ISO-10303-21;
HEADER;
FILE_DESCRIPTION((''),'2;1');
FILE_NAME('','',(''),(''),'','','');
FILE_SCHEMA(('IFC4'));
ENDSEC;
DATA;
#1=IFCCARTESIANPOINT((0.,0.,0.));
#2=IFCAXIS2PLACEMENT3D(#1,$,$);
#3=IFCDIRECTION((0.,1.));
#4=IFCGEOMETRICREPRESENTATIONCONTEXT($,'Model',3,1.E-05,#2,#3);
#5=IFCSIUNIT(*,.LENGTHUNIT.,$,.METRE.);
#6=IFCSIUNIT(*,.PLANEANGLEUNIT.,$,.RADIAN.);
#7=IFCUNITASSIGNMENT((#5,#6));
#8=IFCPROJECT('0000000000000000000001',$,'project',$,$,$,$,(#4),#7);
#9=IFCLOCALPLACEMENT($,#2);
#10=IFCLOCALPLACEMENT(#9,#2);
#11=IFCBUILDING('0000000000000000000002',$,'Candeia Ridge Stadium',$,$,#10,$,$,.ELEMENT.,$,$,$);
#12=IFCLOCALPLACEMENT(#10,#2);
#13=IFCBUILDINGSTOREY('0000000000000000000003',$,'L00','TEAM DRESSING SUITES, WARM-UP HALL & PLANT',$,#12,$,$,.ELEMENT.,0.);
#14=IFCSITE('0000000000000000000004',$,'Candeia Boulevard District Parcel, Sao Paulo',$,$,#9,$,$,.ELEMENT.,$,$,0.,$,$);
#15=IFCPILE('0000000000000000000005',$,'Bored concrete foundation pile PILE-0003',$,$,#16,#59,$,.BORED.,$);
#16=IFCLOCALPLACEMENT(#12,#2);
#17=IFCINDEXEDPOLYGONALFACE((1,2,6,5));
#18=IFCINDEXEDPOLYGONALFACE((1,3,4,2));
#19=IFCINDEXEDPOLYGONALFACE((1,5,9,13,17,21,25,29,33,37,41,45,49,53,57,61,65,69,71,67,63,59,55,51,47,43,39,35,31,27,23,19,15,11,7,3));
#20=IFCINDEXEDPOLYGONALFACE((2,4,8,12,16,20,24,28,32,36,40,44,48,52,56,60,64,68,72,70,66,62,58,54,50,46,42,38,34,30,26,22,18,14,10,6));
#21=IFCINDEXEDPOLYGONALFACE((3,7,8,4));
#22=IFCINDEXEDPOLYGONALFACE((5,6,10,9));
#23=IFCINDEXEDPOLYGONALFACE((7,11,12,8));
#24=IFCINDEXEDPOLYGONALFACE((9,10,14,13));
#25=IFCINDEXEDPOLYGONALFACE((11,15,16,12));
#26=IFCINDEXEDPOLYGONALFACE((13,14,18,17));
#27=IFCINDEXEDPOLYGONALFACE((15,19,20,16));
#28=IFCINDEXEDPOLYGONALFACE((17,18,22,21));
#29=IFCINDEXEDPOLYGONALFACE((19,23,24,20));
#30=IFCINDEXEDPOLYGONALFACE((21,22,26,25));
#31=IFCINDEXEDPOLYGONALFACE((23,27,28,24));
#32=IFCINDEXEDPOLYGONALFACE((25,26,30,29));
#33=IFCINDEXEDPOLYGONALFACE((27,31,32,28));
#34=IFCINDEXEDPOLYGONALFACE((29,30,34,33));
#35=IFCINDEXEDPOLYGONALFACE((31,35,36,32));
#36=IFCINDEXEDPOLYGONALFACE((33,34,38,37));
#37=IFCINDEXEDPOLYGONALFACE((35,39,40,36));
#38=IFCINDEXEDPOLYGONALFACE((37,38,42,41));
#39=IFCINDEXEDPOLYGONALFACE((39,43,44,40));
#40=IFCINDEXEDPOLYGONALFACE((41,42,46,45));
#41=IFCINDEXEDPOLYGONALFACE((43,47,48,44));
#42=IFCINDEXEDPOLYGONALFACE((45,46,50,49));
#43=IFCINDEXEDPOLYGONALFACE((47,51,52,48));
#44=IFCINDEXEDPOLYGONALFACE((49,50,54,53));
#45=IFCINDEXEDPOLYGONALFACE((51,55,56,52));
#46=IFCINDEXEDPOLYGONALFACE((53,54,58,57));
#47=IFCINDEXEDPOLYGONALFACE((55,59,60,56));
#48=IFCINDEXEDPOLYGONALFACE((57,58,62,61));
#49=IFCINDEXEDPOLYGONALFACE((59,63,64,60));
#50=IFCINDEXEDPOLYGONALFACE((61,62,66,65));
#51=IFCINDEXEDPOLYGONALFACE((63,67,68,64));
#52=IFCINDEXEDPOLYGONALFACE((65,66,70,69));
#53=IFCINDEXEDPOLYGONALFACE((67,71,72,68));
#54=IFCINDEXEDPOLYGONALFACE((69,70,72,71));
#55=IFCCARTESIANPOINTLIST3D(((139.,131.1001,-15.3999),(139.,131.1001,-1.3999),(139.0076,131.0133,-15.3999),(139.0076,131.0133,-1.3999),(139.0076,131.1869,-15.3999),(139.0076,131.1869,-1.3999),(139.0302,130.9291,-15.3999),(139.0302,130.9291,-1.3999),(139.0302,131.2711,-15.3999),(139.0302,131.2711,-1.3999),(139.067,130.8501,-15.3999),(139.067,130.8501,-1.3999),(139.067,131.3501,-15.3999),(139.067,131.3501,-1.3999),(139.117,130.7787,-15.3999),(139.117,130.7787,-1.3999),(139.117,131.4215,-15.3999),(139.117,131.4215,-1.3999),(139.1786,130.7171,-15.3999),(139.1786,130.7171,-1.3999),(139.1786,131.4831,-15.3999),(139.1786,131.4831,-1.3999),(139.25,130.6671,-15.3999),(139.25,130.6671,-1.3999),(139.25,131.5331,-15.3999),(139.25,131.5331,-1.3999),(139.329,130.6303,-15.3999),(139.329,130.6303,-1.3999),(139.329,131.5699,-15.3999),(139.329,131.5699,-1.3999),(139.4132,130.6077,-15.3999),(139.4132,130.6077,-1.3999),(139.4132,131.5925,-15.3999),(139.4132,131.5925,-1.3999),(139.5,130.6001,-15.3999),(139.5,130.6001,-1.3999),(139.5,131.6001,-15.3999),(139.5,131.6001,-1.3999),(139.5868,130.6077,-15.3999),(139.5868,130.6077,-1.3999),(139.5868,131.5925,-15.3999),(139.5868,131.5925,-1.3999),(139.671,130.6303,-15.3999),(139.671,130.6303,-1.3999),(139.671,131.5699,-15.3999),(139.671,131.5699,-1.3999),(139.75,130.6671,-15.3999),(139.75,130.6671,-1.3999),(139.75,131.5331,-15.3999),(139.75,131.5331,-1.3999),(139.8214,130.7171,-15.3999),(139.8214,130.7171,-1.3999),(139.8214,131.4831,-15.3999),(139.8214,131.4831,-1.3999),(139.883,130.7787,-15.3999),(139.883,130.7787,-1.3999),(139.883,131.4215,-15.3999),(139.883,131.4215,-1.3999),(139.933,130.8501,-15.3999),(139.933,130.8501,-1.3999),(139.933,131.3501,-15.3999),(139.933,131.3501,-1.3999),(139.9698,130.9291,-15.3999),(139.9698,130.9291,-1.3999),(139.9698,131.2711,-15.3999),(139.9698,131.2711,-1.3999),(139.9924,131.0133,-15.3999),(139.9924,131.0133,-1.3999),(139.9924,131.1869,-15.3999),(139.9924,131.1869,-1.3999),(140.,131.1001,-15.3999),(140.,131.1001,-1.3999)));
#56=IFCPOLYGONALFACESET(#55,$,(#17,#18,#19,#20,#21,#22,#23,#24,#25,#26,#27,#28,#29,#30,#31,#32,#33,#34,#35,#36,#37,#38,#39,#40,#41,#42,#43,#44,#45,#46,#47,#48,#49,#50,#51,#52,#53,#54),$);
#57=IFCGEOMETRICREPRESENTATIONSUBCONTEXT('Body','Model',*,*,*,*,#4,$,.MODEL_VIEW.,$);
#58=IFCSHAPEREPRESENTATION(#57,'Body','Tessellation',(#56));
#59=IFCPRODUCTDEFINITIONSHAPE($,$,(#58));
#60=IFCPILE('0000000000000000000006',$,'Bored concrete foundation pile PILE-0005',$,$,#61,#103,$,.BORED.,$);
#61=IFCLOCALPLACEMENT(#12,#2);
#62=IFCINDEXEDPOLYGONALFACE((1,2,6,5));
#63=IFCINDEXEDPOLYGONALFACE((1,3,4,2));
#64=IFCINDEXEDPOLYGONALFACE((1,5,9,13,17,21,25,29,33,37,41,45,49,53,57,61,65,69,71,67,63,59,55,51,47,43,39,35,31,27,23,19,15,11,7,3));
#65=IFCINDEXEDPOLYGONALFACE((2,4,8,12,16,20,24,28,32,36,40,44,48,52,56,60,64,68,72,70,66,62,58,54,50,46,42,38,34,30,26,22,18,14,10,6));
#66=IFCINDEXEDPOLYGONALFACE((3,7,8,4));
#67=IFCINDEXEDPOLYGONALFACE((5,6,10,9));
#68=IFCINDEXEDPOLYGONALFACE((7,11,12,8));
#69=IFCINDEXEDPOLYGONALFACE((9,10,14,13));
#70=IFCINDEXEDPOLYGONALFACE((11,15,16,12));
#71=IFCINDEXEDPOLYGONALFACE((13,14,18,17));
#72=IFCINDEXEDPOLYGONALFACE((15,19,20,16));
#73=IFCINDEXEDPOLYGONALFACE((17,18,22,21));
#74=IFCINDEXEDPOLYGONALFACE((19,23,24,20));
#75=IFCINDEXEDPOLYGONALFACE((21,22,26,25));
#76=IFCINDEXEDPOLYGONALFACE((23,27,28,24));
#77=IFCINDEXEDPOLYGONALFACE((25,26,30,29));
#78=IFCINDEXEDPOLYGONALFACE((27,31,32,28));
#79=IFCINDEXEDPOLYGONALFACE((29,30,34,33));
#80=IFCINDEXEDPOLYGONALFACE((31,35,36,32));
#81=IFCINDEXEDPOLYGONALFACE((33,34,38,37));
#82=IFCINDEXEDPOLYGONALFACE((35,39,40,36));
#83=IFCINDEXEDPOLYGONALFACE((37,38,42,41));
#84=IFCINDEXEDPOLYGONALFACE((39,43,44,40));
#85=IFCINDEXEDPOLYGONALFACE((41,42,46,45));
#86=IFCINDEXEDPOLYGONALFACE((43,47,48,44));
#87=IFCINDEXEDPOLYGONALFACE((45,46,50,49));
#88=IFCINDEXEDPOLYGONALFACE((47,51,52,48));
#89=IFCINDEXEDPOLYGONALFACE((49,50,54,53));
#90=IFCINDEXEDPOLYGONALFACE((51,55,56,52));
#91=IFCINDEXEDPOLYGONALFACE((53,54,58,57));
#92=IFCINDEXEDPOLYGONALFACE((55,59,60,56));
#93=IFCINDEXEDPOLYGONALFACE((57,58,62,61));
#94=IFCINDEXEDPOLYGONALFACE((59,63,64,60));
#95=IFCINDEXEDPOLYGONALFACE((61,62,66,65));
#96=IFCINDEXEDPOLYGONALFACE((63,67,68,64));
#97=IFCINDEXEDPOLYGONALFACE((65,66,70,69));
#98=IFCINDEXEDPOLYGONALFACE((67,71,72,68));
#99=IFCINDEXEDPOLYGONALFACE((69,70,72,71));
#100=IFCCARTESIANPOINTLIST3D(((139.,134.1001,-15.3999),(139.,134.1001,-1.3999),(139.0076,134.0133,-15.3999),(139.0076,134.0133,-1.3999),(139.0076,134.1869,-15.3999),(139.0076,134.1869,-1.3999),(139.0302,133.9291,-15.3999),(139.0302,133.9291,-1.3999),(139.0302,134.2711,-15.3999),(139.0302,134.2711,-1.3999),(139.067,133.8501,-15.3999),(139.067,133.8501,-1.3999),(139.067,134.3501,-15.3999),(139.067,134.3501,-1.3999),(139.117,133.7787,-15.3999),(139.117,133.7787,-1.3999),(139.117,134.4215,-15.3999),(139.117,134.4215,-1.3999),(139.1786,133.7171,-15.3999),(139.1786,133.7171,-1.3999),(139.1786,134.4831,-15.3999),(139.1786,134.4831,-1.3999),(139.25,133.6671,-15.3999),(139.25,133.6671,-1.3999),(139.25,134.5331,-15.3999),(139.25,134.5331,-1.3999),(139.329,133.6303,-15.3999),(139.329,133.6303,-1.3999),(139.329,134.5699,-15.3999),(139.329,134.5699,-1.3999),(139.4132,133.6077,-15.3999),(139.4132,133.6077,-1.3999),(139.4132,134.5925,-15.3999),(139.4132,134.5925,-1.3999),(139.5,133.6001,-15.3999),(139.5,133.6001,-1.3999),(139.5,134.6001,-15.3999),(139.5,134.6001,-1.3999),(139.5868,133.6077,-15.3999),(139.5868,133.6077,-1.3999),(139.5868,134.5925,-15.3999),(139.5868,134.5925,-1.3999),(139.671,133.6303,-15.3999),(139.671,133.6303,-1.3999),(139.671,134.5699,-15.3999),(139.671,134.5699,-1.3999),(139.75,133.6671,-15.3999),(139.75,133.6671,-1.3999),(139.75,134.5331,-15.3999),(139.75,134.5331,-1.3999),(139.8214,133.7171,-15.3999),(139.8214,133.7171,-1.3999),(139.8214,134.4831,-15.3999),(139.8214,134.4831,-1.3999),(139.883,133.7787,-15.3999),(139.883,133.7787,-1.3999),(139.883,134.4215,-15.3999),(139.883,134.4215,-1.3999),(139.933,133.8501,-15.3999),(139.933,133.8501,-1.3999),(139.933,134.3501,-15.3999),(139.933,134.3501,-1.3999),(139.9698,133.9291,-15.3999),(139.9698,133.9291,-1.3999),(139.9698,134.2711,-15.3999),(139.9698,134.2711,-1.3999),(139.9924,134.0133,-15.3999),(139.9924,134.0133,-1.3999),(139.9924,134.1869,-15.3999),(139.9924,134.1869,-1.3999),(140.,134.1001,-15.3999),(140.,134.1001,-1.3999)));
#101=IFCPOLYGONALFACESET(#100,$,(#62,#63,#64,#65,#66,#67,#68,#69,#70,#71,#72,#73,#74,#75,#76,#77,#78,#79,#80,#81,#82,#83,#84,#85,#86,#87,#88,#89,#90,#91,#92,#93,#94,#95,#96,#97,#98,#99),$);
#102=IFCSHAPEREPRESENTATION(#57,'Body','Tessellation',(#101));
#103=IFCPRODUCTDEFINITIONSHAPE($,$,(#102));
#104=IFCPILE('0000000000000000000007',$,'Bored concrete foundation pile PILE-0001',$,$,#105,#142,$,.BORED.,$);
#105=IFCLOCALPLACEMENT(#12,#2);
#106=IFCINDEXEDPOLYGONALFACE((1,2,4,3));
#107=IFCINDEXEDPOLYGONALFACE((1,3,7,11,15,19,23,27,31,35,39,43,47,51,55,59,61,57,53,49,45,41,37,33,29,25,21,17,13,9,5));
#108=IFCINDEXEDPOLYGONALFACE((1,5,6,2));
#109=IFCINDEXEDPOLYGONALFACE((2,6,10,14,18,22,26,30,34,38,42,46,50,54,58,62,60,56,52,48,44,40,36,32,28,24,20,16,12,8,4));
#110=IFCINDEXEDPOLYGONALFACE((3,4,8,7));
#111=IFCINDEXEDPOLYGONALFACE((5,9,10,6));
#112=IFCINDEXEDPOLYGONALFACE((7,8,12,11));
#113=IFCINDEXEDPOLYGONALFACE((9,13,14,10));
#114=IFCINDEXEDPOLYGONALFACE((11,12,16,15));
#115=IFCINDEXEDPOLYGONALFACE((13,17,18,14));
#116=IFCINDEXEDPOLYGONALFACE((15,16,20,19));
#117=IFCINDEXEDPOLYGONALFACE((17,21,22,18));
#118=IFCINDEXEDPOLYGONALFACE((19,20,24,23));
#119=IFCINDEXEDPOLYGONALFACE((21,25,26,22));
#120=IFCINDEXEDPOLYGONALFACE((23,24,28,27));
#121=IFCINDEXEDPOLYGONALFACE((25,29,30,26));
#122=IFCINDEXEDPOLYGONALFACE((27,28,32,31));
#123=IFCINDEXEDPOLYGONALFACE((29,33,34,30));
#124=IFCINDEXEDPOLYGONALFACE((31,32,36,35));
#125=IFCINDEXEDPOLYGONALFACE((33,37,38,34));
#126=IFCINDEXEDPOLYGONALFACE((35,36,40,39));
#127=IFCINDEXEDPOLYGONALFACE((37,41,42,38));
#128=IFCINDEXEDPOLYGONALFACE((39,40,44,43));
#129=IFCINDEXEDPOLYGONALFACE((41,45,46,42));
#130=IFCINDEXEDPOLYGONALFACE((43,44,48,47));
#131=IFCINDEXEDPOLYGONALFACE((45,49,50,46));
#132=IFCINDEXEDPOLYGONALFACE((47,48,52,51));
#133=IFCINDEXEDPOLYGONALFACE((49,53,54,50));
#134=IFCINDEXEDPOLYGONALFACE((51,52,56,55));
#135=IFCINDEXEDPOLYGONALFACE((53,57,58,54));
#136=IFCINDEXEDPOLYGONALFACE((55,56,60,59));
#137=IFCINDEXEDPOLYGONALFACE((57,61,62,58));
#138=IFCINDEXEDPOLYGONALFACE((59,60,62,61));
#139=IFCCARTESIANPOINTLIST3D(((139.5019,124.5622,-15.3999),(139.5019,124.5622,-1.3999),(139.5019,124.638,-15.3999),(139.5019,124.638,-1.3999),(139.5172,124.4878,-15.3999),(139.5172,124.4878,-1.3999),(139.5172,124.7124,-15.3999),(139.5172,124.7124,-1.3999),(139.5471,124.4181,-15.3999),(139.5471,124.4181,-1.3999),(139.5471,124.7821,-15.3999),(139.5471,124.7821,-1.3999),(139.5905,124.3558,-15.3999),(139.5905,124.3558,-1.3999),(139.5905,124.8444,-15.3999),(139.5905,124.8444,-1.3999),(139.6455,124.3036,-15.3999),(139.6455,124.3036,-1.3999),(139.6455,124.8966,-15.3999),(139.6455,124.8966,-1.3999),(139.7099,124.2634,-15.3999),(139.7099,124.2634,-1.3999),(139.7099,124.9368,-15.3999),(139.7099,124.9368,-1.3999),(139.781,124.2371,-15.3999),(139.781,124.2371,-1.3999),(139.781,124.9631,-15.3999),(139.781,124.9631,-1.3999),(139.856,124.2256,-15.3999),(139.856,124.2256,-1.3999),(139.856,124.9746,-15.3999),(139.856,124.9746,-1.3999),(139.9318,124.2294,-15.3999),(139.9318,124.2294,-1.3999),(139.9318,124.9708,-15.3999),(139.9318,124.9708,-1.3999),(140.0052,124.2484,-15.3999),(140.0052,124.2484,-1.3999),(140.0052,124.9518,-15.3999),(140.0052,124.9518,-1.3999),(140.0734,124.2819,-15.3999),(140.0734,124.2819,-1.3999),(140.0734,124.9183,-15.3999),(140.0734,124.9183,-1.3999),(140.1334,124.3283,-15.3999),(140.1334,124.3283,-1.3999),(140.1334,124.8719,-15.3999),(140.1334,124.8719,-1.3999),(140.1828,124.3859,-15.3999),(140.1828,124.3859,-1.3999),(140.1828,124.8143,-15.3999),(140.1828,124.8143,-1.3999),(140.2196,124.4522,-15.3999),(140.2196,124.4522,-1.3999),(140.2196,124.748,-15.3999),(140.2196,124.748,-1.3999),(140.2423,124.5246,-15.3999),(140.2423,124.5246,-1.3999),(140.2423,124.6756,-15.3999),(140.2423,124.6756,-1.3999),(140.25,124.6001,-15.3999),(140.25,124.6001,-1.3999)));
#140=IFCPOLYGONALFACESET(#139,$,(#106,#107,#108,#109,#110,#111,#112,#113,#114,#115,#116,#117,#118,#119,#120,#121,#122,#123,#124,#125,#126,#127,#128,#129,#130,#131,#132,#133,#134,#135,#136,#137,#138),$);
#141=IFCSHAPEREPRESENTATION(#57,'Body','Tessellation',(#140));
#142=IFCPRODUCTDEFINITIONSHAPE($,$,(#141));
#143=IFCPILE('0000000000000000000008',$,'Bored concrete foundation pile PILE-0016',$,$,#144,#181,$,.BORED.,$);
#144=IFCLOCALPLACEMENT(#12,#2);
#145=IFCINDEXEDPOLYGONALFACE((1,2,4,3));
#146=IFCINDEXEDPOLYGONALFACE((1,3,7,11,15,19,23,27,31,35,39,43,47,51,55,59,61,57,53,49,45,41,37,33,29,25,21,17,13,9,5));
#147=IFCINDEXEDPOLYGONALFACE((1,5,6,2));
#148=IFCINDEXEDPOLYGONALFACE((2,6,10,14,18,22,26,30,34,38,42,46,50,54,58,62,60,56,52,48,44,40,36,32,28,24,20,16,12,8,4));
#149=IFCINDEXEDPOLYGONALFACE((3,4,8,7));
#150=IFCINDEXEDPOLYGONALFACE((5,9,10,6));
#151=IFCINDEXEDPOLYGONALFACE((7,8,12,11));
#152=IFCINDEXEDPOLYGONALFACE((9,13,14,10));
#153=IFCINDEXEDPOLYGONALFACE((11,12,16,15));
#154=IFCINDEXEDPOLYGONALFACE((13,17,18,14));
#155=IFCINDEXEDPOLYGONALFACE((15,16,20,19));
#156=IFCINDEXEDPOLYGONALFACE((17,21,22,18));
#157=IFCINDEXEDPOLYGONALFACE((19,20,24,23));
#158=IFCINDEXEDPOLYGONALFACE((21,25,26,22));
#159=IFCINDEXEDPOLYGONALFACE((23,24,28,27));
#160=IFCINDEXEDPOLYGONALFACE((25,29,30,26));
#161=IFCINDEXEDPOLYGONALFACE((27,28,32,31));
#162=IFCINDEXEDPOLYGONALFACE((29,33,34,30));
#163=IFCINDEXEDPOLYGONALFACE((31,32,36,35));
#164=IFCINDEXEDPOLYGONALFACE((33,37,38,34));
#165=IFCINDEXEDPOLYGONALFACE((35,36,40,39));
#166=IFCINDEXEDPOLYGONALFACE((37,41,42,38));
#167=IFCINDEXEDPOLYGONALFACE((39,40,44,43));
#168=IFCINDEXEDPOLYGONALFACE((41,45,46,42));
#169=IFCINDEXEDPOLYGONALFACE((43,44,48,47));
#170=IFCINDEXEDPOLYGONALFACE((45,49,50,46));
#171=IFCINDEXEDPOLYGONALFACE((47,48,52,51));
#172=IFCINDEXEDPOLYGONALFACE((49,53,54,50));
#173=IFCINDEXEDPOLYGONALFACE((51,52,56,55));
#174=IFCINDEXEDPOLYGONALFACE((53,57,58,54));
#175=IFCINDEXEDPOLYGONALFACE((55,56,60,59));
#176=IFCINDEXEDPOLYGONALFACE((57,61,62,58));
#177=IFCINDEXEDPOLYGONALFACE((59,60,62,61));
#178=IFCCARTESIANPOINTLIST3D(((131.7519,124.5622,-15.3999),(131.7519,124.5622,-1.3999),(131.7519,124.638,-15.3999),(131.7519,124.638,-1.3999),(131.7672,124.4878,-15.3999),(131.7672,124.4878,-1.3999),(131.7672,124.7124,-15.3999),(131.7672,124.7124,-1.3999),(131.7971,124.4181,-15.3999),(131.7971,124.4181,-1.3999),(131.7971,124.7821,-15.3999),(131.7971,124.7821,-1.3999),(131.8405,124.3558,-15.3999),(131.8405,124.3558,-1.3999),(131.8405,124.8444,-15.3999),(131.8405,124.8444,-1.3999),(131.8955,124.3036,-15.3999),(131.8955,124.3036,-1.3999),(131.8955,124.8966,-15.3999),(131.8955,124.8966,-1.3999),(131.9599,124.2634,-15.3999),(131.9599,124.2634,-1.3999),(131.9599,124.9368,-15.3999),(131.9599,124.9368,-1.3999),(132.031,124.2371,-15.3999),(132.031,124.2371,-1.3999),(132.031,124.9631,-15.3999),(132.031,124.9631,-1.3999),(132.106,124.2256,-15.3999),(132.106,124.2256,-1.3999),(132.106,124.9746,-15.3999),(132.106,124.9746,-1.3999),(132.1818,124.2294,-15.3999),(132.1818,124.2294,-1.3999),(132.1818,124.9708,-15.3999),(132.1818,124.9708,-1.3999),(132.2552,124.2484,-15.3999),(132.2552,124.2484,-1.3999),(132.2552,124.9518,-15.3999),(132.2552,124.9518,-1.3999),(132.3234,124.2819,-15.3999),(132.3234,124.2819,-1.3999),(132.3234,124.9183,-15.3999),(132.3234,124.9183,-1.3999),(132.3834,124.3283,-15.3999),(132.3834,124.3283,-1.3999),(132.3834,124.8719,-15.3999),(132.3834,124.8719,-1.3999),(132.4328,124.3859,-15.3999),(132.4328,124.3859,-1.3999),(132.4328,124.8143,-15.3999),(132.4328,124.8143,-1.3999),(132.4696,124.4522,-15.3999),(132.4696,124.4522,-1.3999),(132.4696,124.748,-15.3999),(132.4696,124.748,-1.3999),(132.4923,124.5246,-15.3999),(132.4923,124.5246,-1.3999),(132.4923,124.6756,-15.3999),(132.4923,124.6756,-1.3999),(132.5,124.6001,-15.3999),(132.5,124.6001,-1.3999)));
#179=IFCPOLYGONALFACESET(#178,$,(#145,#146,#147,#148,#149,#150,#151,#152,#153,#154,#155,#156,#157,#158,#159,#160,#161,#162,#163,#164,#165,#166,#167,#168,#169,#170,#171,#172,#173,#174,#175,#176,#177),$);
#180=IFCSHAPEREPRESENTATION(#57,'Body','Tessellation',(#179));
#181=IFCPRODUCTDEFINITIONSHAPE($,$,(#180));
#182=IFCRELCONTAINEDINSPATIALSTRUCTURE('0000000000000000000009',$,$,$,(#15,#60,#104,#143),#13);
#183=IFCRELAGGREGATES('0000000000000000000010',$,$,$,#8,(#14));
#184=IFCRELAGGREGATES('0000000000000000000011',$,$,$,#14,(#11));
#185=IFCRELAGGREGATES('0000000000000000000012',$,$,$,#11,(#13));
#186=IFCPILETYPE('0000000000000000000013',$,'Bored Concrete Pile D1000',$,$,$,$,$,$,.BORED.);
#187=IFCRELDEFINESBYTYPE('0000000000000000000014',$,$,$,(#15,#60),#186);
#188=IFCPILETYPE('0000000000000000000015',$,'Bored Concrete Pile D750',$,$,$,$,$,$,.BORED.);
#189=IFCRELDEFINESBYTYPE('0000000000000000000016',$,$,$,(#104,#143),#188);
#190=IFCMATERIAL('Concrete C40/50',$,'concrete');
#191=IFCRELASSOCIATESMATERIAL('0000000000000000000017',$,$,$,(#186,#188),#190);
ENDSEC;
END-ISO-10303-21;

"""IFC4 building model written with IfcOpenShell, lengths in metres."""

from ifc_helpers import new_model, si_unit, direction, frame, origin, origin_2d, place, context, subcontext, project, spatial, circle, extrude, material, material_profile, profile_set, type_object, element, save


model = new_model("IFC4")

# Units and contexts
model_context = context("Model", 3, precision=1e-05, world=origin(), true_north=direction((0.0, 1.0)))
body_context = subcontext(model_context, "Body", "Model", "MODEL_VIEW")
ifc_project = project(units=[si_unit("LENGTHUNIT", "METRE"), si_unit("PLANEANGLEUNIT", "RADIAN")], contexts=[model_context])

# Site, building, storey
site_placement = place(None, origin())
site = spatial("IfcSite", under=ifc_project, at=site_placement, Name="Candeia Boulevard District Parcel, Sao Paulo", CompositionType="ELEMENT", RefElevation=0.0)
building_placement = place(site_placement, origin())
building = spatial("IfcBuilding", under=site, at=building_placement, Name="Candeia Ridge Stadium", CompositionType="ELEMENT")
storey_placement = place(building_placement, origin())
storey = spatial("IfcBuildingStorey", under=building, at=storey_placement, Name="L00", Description="TEAM DRESSING SUITES, WARM-UP HALL & PLANT", CompositionType="ELEMENT", Elevation=0.0)

# Piles
ifc_material_1 = material(Name="Concrete C40/50", Category="concrete")
ifc_material_profile_1 = material_profile(ifc_material_1, circle(Radius=0.5, at=origin_2d()), Name="PILE-D1000", Category="concrete")
ifc_profile_set_1 = profile_set([ifc_material_profile_1], Name="Concrete C40/50")
pile_type_1 = type_object("IfcPileType", Name="Bored Concrete Pile D1000", PredefinedType="BORED", material=ifc_profile_set_1)
for number, where, z_axis, x_axis, name in (
    (1, (139.5, 131.1001, -1.3999), (0.0, 0.0, -1.0), (1.0, 0.0, 0.0), "Bored concrete foundation pile PILE-0003"),
    (2, (139.5, 134.1001, -1.3999), (0.0, 0.0, -1.0), (1.0, 0.0, 0.0), "Bored concrete foundation pile PILE-0005"),
):
    element("IfcPile", number, at=place(storey_placement, frame(where, z_axis=z_axis, x_axis=x_axis)), inside=storey, type_object=pile_type_1, Name=name, PredefinedType="BORED", context=body_context, shape_type="SweptSolid", body=[
        extrude(circle(Radius=0.5, at=origin_2d()), origin(), (0.0, 0.0, 1.0), 14.0),
    ])
ifc_material_profile_2 = material_profile(ifc_material_1, circle(Radius=0.375, at=origin_2d()), Name="PILE-D750", Category="concrete")
ifc_profile_set_2 = profile_set([ifc_material_profile_2], Name="Concrete C40/50")
pile_type_2 = type_object("IfcPileType", Name="Bored Concrete Pile D750", PredefinedType="BORED", material=ifc_profile_set_2)
for number, where, z_axis, x_axis, name in (
    (3, (139.875, 124.6001, -1.3999), (0.0, 0.0, -1.0), (1.0, 0.0, 0.0), "Bored concrete foundation pile PILE-0001"),
    (4, (132.125, 124.6001, -1.3999), (0.0, 0.0, -1.0), (1.0, 0.0, 0.0), "Bored concrete foundation pile PILE-0016"),
):
    element("IfcPile", number, at=place(storey_placement, frame(where, z_axis=z_axis, x_axis=x_axis)), inside=storey, type_object=pile_type_2, Name=name, PredefinedType="BORED", context=body_context, shape_type="SweptSolid", body=[
        extrude(circle(Radius=0.375, at=origin_2d()), origin(), (0.0, 0.0, 1.0), 14.0),
    ])

save(model, "model.ifc")
